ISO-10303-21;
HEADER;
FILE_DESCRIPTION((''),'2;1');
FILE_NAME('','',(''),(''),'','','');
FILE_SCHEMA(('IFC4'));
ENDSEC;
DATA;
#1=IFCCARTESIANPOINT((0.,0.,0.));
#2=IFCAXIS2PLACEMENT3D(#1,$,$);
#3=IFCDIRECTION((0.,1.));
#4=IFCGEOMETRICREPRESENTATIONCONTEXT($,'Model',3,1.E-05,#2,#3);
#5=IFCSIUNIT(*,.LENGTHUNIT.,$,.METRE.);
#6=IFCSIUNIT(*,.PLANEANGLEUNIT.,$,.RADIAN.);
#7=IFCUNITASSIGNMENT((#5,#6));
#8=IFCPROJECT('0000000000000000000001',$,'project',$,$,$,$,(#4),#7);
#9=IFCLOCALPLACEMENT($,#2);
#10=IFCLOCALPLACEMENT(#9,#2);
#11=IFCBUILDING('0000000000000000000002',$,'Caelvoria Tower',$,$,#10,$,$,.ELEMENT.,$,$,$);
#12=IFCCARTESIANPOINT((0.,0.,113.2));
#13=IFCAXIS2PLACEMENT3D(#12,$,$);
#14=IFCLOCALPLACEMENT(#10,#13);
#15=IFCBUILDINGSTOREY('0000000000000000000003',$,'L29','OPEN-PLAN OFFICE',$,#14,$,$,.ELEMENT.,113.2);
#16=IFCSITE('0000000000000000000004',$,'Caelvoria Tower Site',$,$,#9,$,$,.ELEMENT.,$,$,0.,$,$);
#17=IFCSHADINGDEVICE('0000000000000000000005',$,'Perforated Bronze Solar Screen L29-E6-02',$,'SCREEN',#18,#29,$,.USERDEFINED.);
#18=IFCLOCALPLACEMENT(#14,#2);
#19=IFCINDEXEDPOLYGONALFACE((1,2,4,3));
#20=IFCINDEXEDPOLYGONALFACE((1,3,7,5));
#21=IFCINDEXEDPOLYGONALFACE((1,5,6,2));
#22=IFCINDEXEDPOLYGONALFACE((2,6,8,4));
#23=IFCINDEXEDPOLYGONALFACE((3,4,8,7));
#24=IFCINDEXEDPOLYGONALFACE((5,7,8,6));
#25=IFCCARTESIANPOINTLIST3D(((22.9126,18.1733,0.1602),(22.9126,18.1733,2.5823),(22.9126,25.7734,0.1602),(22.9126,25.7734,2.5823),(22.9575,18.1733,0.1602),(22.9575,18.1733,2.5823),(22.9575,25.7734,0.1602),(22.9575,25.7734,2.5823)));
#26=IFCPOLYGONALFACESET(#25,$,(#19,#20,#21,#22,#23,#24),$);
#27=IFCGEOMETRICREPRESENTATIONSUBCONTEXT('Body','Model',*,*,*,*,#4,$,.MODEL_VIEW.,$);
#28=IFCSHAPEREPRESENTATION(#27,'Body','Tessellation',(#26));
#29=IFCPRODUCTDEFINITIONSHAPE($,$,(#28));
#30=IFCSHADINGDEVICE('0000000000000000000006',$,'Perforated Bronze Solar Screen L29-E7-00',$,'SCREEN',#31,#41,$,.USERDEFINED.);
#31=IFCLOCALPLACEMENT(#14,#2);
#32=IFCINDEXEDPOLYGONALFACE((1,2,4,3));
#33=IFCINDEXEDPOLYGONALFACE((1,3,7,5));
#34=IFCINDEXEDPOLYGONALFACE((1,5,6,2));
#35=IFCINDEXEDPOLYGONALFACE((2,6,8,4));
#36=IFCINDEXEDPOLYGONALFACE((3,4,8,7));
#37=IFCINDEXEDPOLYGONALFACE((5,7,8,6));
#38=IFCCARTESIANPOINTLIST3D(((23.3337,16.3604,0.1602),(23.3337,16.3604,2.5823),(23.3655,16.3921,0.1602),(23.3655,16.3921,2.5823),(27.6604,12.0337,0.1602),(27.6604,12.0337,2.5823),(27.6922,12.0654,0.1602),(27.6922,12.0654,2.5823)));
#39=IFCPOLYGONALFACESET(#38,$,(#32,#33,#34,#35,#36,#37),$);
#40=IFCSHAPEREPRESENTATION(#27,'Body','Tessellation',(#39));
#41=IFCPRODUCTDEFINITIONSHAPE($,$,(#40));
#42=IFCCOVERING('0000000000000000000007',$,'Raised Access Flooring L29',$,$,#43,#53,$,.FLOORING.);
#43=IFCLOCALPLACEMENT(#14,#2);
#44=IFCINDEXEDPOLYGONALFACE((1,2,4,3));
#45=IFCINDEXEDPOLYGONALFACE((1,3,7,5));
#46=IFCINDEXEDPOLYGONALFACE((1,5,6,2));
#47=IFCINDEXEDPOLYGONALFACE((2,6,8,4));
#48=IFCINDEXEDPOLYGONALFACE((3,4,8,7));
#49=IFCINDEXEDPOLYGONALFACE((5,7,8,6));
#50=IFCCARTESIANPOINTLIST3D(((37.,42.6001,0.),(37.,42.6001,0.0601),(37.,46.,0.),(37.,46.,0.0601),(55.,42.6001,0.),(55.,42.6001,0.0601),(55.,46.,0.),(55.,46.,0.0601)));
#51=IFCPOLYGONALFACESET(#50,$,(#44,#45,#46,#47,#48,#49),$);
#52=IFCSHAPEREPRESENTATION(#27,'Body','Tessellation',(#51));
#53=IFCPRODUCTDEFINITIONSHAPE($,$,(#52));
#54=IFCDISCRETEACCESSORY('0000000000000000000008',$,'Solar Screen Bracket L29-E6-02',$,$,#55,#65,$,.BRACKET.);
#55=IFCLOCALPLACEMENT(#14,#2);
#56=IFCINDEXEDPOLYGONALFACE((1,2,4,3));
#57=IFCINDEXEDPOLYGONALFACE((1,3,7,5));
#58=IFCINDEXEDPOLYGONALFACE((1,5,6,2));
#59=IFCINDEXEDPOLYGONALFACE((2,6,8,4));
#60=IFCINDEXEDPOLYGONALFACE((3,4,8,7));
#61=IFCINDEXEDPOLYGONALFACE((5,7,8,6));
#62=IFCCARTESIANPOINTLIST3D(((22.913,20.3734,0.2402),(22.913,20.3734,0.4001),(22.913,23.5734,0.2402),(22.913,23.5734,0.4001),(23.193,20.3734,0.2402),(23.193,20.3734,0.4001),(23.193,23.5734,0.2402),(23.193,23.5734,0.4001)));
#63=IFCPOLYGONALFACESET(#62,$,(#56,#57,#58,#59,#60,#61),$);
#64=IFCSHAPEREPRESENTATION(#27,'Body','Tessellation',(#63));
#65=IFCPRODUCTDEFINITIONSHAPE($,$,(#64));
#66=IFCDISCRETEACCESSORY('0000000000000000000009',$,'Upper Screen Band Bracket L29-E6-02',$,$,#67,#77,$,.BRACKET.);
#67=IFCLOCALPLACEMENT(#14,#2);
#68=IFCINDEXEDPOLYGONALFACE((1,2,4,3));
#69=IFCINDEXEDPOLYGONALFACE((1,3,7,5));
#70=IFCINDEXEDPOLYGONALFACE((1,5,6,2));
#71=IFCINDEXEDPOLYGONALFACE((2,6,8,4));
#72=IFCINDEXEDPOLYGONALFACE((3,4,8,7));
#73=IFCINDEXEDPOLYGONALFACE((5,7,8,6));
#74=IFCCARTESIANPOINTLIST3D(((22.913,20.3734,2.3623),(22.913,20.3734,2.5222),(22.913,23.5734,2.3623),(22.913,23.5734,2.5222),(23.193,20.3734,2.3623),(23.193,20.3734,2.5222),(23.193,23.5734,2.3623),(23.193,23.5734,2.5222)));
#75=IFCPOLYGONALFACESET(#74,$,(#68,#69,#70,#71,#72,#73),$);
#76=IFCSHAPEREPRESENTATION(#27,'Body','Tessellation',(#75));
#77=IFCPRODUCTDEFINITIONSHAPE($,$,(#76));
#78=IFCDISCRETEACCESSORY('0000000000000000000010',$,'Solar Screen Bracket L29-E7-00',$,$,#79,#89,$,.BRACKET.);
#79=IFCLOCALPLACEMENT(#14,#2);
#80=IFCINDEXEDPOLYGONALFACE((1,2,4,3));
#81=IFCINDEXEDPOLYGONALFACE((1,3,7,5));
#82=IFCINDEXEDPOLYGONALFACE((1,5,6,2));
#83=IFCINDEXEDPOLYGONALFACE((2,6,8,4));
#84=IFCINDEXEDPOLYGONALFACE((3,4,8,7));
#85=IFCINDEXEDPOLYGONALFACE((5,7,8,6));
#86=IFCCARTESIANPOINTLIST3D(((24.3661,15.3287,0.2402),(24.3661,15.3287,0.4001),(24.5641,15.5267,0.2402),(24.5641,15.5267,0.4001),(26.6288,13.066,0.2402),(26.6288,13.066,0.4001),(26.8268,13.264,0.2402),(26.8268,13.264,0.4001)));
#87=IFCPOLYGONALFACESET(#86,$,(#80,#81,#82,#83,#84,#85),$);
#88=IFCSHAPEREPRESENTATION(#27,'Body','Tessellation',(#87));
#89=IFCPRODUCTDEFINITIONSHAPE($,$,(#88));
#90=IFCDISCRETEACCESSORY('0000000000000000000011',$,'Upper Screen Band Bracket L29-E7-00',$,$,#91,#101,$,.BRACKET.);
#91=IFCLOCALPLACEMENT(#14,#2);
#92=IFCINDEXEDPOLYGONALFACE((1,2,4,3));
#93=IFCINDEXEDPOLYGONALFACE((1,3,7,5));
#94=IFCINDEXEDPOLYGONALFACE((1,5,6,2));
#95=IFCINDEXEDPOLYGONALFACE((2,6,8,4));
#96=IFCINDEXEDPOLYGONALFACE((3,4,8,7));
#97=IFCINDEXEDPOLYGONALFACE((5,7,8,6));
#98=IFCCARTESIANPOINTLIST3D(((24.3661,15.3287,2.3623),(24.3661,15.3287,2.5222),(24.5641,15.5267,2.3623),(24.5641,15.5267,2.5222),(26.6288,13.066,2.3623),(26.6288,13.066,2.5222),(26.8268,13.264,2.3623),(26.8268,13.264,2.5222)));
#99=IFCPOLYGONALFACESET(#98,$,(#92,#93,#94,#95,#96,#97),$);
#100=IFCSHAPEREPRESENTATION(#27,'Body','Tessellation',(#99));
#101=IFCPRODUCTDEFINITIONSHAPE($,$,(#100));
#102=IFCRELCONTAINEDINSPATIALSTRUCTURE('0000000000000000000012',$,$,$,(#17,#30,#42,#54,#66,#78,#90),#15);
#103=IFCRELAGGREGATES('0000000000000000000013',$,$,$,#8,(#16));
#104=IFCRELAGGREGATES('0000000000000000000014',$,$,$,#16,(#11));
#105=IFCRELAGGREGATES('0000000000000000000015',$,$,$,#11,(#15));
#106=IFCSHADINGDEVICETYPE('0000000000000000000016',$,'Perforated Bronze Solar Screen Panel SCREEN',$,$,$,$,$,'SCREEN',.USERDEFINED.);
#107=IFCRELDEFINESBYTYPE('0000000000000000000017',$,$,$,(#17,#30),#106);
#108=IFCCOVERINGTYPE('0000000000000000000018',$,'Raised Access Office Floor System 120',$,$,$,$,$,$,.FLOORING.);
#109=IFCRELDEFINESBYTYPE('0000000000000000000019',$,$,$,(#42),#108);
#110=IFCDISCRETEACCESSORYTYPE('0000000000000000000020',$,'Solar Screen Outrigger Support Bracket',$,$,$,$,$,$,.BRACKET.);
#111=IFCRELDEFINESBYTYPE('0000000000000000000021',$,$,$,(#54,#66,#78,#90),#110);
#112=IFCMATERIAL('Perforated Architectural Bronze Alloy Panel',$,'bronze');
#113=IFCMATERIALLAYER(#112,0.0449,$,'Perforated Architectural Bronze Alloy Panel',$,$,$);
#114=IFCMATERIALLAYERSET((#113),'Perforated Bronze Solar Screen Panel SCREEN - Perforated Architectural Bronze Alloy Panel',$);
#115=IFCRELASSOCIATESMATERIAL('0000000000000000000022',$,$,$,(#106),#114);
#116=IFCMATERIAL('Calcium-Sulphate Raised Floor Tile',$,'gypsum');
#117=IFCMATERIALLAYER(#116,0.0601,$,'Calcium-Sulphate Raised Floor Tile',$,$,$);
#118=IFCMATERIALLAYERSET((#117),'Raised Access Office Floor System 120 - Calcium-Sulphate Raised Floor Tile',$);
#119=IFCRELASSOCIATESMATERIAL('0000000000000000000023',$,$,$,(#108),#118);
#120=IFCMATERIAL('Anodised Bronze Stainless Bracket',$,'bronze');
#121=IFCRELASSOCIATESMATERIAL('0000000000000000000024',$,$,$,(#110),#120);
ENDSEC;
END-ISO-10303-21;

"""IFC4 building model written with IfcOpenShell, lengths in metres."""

from ifc_helpers import new_model, si_unit, direction, frame, origin, origin_2d, place, context, subcontext, project, spatial, polyline, rectangle, outline, extrude, material, layer, layer_set, type_object, element, save


model = new_model("IFC4")

# Units and contexts
model_context = context("Model", 3, precision=1e-05, world=origin(), true_north=direction((0.0, 1.0)))
body_context = subcontext(model_context, "Body", "Model", "MODEL_VIEW")
ifc_project = project(units=[si_unit("LENGTHUNIT", "METRE"), si_unit("PLANEANGLEUNIT", "RADIAN")], contexts=[model_context])

# Site, building, storey
site_placement = place(None, origin())
site = spatial("IfcSite", under=ifc_project, at=site_placement, Name="Caelvoria Tower Site", CompositionType="ELEMENT", RefElevation=0.0)
building_placement = place(site_placement, origin())
building = spatial("IfcBuilding", under=site, at=building_placement, Name="Caelvoria Tower", CompositionType="ELEMENT")
storey_placement = place(building_placement, frame((0.0, 0.0, 113.2)))
storey = spatial("IfcBuildingStorey", under=building, at=storey_placement, Name="L29", Description="OPEN-PLAN OFFICE", CompositionType="ELEMENT", Elevation=113.2)

# Shading devices
ifc_material_1 = material(Name="Perforated Architectural Bronze Alloy Panel", Category="bronze")
ifc_layer_1 = layer(ifc_material_1, 0.0449, Name="Perforated Architectural Bronze Alloy Panel")
ifc_layer_set_1 = layer_set([ifc_layer_1], Name="Perforated Bronze Solar Screen Panel SCREEN - Perforated Architectural Bronze Alloy Panel")
shading_device_type = type_object("IfcShadingDeviceType", Name="Perforated Bronze Solar Screen Panel SCREEN", ElementType="SCREEN", PredefinedType="USERDEFINED", material=ifc_layer_set_1)
shading_device_1_placement = place(storey_placement, frame((22.9351, 21.9734, 0.1602), z_axis=(0.0, 0.0, 1.0), x_axis=(0.0, -1.0, 0.0)))
element("IfcShadingDevice", 1, at=shading_device_1_placement, inside=storey, type_object=shading_device_type, Name="Perforated Bronze Solar Screen L29-E6-02", ObjectType="SCREEN", PredefinedType="USERDEFINED", context=body_context, shape_type="SweptSolid", body=[
    extrude(rectangle(XDim=7.6001, YDim=0.0449, at=origin_2d()), origin(), (0.0, 0.0, 1.0), 2.4221),
])
shading_device_2_placement = place(storey_placement, frame((25.5129, 14.2129, 0.1602), z_axis=(0.0, 0.0, 1.0), x_axis=(0.707107, -0.707107, 0.0)))
element("IfcShadingDevice", 2, at=shading_device_2_placement, inside=storey, type_object=shading_device_type, Name="Perforated Bronze Solar Screen L29-E7-00", ObjectType="SCREEN", PredefinedType="USERDEFINED", context=body_context, shape_type="SweptSolid", body=[
    extrude(rectangle(XDim=6.1189, YDim=0.0449, at=origin_2d()), origin(), (0.0, 0.0, 1.0), 2.4221),
])

# Covering
ifc_material_2 = material(Name="Calcium-Sulphate Raised Floor Tile", Category="gypsum")
ifc_layer_2 = layer(ifc_material_2, 0.0601, Name="Calcium-Sulphate Raised Floor Tile")
ifc_layer_set_2 = layer_set([ifc_layer_2], Name="Raised Access Office Floor System 120 - Calcium-Sulphate Raised Floor Tile")
covering_type_1 = type_object("IfcCoveringType", Name="Raised Access Office Floor System 120", PredefinedType="FLOORING", material=ifc_layer_set_2)
covering_1_placement = place(storey_placement, origin())
element("IfcCovering", 3, at=covering_1_placement, inside=storey, type_object=covering_type_1, Name="Raised Access Flooring L29", PredefinedType="FLOORING", context=body_context, shape_type="SweptSolid", body=[
    extrude(outline(polyline([(37.0, 42.6001), (55.0, 42.6001), (55.0, 46.0), (37.0, 46.0), (37.0, 42.6001)])), origin(), (0.0, 0.0, 1.0), 0.0601),
])

# Discrete accessories
ifc_material_3 = material(Name="Anodised Bronze Stainless Bracket", Category="bronze")
discrete_accessory_type = type_object("IfcDiscreteAccessoryType", Name="Solar Screen Outrigger Support Bracket", PredefinedType="BRACKET", material=ifc_material_3)
for number, where, z_axis, x_axis, name in (
    (4, (23.053, 21.9734, 0.2402), (0.0, 0.0, 1.0), (0.0, -1.0, 0.0), "Solar Screen Bracket L29-E6-02"),
    (5, (23.053, 21.9734, 2.3623), (0.0, 0.0, 1.0), (0.0, -1.0, 0.0), "Upper Screen Band Bracket L29-E6-02"),
    (6, (25.5964, 14.2964, 0.2402), (0.0, 0.0, 1.0), (0.707107, -0.707107, 0.0), "Solar Screen Bracket L29-E7-00"),
    (7, (25.5964, 14.2964, 2.3623), (0.0, 0.0, 1.0), (0.707107, -0.707107, 0.0), "Upper Screen Band Bracket L29-E7-00"),
):
    element("IfcDiscreteAccessory", number, at=place(storey_placement, frame(where, z_axis=z_axis, x_axis=x_axis)), inside=storey, type_object=discrete_accessory_type, Name=name, PredefinedType="BRACKET", context=body_context, shape_type="SweptSolid", body=[
        extrude(rectangle(XDim=3.2, YDim=0.28, at=origin_2d()), origin(), (0.0, 0.0, 1.0), 0.1599),
    ])

save(model, "model.ifc")
